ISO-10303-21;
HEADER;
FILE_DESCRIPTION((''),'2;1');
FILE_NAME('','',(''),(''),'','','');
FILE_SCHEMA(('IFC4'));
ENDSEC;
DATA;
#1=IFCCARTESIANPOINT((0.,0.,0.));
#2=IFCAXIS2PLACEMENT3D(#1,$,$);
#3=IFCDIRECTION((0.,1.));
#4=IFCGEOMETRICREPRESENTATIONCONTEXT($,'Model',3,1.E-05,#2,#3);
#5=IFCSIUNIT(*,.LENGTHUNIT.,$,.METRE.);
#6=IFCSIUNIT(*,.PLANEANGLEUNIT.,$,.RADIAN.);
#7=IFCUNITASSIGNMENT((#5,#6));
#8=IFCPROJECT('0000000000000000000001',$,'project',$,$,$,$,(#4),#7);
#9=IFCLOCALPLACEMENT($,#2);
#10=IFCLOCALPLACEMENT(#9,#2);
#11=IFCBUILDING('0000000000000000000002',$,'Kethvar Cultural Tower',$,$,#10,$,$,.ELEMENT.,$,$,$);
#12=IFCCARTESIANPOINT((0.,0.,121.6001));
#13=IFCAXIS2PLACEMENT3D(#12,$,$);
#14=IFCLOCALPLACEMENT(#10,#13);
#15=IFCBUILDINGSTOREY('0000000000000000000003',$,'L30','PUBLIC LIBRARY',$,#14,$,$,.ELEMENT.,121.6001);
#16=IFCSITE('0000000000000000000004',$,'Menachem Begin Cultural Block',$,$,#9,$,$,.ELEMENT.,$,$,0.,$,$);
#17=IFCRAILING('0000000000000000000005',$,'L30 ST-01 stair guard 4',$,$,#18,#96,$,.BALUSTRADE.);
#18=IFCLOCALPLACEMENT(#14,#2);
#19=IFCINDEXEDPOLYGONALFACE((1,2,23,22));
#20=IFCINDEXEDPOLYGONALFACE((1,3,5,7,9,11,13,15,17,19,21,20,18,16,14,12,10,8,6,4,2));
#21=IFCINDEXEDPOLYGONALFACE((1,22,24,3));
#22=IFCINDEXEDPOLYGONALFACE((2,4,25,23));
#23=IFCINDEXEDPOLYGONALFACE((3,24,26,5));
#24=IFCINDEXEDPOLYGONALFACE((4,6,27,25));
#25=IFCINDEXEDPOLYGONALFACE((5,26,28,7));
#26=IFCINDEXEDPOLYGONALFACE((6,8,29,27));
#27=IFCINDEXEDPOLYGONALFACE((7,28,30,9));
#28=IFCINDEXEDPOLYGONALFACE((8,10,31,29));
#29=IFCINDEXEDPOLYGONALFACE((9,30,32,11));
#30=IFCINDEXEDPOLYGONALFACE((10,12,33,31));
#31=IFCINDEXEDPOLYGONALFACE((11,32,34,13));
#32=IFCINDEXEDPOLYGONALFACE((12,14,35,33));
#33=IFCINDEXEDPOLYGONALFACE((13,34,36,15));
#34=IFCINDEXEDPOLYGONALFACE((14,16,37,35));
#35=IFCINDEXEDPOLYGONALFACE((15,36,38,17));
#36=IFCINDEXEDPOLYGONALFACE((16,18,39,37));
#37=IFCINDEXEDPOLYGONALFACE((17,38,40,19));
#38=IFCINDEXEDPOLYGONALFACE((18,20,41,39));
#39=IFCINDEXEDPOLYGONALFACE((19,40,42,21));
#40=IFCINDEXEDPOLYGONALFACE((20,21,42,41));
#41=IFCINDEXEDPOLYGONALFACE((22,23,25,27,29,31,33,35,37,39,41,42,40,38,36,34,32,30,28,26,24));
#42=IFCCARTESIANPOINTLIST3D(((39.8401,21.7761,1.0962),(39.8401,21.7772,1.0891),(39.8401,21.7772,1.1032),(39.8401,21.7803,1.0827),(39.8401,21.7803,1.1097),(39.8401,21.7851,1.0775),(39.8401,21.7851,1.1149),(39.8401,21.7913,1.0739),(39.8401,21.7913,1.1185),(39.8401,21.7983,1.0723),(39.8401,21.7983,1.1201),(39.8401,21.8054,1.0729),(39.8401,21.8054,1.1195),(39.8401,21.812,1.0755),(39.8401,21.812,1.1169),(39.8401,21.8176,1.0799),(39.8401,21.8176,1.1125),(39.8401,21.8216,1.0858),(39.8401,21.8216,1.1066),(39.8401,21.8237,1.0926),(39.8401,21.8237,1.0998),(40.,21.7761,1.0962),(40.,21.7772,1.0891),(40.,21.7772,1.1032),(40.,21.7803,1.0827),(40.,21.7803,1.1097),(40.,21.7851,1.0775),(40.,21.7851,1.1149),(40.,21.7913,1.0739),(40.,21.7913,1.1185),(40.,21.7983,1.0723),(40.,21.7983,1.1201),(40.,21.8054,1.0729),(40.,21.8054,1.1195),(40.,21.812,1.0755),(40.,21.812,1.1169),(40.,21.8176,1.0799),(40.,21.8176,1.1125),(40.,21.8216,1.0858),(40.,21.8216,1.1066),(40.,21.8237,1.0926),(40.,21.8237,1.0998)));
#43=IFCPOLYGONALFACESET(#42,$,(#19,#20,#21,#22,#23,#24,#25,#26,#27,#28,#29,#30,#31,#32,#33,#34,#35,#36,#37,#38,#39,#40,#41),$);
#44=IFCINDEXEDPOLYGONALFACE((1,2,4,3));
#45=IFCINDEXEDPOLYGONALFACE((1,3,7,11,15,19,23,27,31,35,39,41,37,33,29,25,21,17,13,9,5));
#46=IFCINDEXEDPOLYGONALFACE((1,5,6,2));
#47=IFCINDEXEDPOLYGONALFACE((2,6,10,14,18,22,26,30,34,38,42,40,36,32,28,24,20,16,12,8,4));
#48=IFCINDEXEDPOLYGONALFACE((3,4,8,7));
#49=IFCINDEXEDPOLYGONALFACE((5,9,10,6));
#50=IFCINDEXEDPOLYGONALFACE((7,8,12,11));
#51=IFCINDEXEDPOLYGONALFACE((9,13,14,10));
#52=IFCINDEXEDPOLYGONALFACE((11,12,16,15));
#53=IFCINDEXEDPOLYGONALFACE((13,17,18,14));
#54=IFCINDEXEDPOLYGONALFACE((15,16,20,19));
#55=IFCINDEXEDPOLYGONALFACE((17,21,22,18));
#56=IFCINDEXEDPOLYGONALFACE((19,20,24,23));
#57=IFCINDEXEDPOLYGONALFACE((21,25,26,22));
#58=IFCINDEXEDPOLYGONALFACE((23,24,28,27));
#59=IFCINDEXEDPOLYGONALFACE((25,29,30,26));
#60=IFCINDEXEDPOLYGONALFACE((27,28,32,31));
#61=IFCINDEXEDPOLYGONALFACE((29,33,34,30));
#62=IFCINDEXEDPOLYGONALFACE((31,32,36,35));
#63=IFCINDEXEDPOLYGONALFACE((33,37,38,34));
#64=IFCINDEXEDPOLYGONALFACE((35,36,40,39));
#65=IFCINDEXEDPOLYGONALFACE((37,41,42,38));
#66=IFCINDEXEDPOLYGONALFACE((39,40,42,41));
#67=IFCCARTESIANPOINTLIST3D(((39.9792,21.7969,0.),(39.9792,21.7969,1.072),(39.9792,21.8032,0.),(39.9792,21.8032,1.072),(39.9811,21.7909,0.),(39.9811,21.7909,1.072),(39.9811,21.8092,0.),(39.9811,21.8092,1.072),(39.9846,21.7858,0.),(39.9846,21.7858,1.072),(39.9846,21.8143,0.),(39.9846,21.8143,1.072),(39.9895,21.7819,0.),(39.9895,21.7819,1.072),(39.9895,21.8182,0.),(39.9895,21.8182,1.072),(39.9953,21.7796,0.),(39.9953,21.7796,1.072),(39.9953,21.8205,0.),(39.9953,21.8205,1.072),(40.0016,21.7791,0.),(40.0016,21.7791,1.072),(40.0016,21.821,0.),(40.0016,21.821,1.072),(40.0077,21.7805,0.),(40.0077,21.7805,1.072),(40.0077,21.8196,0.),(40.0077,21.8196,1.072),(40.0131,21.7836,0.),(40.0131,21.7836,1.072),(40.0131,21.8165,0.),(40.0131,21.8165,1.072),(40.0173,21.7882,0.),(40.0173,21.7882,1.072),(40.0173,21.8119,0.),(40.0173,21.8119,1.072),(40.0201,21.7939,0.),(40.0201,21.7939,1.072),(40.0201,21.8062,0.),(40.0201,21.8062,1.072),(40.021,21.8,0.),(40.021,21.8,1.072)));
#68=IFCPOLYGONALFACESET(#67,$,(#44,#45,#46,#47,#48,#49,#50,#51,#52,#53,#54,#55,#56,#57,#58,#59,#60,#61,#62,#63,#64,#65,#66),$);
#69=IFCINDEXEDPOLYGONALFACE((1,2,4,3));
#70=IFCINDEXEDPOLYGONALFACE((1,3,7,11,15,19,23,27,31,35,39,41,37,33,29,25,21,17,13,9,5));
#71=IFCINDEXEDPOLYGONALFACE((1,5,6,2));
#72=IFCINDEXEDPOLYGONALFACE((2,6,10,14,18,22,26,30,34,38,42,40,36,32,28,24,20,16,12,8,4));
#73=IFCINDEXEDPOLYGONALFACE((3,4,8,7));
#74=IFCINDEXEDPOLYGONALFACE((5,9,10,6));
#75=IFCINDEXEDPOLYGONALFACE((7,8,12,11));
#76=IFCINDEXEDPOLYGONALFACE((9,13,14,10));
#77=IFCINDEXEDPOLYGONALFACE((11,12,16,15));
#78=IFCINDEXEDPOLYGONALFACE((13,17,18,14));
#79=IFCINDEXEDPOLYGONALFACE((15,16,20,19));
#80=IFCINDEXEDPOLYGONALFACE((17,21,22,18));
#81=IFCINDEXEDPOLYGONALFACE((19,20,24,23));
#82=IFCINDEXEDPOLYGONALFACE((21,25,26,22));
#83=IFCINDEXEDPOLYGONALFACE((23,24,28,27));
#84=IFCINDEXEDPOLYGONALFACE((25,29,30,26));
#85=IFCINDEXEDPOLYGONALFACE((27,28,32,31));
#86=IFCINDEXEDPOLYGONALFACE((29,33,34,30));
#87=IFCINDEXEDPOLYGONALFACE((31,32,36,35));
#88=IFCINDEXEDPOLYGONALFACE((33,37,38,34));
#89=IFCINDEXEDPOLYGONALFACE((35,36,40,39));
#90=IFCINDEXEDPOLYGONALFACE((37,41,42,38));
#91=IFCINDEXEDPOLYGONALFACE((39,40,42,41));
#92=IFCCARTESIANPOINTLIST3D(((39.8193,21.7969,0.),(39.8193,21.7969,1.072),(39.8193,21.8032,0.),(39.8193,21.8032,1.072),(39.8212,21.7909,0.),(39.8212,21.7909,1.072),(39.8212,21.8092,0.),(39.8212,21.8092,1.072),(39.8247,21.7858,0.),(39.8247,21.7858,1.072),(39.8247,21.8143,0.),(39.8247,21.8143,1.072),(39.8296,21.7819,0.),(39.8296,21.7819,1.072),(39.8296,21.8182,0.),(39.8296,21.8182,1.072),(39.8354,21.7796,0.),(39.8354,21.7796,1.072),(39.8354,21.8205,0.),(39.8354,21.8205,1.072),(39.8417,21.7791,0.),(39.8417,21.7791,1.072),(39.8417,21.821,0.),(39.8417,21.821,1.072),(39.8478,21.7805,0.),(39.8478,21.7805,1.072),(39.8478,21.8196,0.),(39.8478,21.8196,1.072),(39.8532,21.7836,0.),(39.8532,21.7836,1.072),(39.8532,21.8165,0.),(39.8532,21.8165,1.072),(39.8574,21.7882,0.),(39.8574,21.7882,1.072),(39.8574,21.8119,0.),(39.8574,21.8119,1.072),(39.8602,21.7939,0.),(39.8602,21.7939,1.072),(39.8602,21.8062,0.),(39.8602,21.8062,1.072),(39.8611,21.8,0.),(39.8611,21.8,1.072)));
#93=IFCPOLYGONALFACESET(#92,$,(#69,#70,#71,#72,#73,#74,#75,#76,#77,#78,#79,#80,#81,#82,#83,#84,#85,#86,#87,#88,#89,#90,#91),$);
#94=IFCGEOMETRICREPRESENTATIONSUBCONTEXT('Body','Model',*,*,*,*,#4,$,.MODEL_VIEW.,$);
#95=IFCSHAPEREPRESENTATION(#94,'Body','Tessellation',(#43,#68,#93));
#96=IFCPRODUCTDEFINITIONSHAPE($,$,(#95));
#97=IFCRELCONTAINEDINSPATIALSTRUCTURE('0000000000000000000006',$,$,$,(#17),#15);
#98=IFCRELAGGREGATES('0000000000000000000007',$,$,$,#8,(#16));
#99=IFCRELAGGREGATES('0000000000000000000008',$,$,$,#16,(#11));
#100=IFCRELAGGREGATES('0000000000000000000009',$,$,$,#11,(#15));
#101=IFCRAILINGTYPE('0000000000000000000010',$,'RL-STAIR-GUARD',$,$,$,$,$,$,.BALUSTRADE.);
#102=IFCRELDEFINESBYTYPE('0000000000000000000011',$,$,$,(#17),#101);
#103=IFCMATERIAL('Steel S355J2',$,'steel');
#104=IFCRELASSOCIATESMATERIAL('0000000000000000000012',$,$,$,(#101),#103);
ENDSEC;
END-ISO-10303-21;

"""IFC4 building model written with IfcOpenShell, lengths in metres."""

from ifc_helpers import new_model, si_unit, direction, frame, origin, origin_2d, place, context, subcontext, project, spatial, circle, extrude, material, type_object, element, save


model = new_model("IFC4")

# Units and contexts
model_context = context("Model", 3, precision=1e-05, world=origin(), true_north=direction((0.0, 1.0)))
body_context = subcontext(model_context, "Body", "Model", "MODEL_VIEW")
ifc_project = project(units=[si_unit("LENGTHUNIT", "METRE"), si_unit("PLANEANGLEUNIT", "RADIAN")], contexts=[model_context])

# Site, building, storey
site_placement = place(None, origin())
site = spatial("IfcSite", under=ifc_project, at=site_placement, Name="Menachem Begin Cultural Block", CompositionType="ELEMENT", RefElevation=0.0)
building_placement = place(site_placement, origin())
building = spatial("IfcBuilding", under=site, at=building_placement, Name="Kethvar Cultural Tower", CompositionType="ELEMENT")
storey_placement = place(building_placement, frame((0.0, 0.0, 121.6001)))
storey = spatial("IfcBuildingStorey", under=building, at=storey_placement, Name="L30", Description="PUBLIC LIBRARY", CompositionType="ELEMENT", Elevation=121.6001)

# Shared definitions
ifc_material_1 = material(Name="Steel S355J2", Category="steel")

# Railing
railing_type_1 = type_object("IfcRailingType", Name="RL-STAIR-GUARD", PredefinedType="BALUSTRADE", material=ifc_material_1)
railing_1_placement = place(storey_placement, frame((40.0, 21.8, 0.0)))
element("IfcRailing", 1, at=railing_1_placement, inside=storey, type_object=railing_type_1, Name="L30 ST-01 stair guard 4", PredefinedType="BALUSTRADE", context=body_context, shape_type="SweptSolid", body=[
    extrude(circle(Radius=0.0239, at=origin_2d()), frame((0.0, 0.0, 1.0962), z_axis=(-1.0, 0.0, 0.0), x_axis=(0.0, -1.0, 0.0)), (0.0, 0.0, 1.0), 0.1599),
    extrude(circle(Radius=0.021, at=origin_2d()), origin(), (0.0, 0.0, 1.0), 1.072),
    extrude(circle(Radius=0.021, at=origin_2d()), frame((-0.1599, 0.0, 0.0)), (0.0, 0.0, 1.0), 1.072),
])

save(model, "model.ifc")
